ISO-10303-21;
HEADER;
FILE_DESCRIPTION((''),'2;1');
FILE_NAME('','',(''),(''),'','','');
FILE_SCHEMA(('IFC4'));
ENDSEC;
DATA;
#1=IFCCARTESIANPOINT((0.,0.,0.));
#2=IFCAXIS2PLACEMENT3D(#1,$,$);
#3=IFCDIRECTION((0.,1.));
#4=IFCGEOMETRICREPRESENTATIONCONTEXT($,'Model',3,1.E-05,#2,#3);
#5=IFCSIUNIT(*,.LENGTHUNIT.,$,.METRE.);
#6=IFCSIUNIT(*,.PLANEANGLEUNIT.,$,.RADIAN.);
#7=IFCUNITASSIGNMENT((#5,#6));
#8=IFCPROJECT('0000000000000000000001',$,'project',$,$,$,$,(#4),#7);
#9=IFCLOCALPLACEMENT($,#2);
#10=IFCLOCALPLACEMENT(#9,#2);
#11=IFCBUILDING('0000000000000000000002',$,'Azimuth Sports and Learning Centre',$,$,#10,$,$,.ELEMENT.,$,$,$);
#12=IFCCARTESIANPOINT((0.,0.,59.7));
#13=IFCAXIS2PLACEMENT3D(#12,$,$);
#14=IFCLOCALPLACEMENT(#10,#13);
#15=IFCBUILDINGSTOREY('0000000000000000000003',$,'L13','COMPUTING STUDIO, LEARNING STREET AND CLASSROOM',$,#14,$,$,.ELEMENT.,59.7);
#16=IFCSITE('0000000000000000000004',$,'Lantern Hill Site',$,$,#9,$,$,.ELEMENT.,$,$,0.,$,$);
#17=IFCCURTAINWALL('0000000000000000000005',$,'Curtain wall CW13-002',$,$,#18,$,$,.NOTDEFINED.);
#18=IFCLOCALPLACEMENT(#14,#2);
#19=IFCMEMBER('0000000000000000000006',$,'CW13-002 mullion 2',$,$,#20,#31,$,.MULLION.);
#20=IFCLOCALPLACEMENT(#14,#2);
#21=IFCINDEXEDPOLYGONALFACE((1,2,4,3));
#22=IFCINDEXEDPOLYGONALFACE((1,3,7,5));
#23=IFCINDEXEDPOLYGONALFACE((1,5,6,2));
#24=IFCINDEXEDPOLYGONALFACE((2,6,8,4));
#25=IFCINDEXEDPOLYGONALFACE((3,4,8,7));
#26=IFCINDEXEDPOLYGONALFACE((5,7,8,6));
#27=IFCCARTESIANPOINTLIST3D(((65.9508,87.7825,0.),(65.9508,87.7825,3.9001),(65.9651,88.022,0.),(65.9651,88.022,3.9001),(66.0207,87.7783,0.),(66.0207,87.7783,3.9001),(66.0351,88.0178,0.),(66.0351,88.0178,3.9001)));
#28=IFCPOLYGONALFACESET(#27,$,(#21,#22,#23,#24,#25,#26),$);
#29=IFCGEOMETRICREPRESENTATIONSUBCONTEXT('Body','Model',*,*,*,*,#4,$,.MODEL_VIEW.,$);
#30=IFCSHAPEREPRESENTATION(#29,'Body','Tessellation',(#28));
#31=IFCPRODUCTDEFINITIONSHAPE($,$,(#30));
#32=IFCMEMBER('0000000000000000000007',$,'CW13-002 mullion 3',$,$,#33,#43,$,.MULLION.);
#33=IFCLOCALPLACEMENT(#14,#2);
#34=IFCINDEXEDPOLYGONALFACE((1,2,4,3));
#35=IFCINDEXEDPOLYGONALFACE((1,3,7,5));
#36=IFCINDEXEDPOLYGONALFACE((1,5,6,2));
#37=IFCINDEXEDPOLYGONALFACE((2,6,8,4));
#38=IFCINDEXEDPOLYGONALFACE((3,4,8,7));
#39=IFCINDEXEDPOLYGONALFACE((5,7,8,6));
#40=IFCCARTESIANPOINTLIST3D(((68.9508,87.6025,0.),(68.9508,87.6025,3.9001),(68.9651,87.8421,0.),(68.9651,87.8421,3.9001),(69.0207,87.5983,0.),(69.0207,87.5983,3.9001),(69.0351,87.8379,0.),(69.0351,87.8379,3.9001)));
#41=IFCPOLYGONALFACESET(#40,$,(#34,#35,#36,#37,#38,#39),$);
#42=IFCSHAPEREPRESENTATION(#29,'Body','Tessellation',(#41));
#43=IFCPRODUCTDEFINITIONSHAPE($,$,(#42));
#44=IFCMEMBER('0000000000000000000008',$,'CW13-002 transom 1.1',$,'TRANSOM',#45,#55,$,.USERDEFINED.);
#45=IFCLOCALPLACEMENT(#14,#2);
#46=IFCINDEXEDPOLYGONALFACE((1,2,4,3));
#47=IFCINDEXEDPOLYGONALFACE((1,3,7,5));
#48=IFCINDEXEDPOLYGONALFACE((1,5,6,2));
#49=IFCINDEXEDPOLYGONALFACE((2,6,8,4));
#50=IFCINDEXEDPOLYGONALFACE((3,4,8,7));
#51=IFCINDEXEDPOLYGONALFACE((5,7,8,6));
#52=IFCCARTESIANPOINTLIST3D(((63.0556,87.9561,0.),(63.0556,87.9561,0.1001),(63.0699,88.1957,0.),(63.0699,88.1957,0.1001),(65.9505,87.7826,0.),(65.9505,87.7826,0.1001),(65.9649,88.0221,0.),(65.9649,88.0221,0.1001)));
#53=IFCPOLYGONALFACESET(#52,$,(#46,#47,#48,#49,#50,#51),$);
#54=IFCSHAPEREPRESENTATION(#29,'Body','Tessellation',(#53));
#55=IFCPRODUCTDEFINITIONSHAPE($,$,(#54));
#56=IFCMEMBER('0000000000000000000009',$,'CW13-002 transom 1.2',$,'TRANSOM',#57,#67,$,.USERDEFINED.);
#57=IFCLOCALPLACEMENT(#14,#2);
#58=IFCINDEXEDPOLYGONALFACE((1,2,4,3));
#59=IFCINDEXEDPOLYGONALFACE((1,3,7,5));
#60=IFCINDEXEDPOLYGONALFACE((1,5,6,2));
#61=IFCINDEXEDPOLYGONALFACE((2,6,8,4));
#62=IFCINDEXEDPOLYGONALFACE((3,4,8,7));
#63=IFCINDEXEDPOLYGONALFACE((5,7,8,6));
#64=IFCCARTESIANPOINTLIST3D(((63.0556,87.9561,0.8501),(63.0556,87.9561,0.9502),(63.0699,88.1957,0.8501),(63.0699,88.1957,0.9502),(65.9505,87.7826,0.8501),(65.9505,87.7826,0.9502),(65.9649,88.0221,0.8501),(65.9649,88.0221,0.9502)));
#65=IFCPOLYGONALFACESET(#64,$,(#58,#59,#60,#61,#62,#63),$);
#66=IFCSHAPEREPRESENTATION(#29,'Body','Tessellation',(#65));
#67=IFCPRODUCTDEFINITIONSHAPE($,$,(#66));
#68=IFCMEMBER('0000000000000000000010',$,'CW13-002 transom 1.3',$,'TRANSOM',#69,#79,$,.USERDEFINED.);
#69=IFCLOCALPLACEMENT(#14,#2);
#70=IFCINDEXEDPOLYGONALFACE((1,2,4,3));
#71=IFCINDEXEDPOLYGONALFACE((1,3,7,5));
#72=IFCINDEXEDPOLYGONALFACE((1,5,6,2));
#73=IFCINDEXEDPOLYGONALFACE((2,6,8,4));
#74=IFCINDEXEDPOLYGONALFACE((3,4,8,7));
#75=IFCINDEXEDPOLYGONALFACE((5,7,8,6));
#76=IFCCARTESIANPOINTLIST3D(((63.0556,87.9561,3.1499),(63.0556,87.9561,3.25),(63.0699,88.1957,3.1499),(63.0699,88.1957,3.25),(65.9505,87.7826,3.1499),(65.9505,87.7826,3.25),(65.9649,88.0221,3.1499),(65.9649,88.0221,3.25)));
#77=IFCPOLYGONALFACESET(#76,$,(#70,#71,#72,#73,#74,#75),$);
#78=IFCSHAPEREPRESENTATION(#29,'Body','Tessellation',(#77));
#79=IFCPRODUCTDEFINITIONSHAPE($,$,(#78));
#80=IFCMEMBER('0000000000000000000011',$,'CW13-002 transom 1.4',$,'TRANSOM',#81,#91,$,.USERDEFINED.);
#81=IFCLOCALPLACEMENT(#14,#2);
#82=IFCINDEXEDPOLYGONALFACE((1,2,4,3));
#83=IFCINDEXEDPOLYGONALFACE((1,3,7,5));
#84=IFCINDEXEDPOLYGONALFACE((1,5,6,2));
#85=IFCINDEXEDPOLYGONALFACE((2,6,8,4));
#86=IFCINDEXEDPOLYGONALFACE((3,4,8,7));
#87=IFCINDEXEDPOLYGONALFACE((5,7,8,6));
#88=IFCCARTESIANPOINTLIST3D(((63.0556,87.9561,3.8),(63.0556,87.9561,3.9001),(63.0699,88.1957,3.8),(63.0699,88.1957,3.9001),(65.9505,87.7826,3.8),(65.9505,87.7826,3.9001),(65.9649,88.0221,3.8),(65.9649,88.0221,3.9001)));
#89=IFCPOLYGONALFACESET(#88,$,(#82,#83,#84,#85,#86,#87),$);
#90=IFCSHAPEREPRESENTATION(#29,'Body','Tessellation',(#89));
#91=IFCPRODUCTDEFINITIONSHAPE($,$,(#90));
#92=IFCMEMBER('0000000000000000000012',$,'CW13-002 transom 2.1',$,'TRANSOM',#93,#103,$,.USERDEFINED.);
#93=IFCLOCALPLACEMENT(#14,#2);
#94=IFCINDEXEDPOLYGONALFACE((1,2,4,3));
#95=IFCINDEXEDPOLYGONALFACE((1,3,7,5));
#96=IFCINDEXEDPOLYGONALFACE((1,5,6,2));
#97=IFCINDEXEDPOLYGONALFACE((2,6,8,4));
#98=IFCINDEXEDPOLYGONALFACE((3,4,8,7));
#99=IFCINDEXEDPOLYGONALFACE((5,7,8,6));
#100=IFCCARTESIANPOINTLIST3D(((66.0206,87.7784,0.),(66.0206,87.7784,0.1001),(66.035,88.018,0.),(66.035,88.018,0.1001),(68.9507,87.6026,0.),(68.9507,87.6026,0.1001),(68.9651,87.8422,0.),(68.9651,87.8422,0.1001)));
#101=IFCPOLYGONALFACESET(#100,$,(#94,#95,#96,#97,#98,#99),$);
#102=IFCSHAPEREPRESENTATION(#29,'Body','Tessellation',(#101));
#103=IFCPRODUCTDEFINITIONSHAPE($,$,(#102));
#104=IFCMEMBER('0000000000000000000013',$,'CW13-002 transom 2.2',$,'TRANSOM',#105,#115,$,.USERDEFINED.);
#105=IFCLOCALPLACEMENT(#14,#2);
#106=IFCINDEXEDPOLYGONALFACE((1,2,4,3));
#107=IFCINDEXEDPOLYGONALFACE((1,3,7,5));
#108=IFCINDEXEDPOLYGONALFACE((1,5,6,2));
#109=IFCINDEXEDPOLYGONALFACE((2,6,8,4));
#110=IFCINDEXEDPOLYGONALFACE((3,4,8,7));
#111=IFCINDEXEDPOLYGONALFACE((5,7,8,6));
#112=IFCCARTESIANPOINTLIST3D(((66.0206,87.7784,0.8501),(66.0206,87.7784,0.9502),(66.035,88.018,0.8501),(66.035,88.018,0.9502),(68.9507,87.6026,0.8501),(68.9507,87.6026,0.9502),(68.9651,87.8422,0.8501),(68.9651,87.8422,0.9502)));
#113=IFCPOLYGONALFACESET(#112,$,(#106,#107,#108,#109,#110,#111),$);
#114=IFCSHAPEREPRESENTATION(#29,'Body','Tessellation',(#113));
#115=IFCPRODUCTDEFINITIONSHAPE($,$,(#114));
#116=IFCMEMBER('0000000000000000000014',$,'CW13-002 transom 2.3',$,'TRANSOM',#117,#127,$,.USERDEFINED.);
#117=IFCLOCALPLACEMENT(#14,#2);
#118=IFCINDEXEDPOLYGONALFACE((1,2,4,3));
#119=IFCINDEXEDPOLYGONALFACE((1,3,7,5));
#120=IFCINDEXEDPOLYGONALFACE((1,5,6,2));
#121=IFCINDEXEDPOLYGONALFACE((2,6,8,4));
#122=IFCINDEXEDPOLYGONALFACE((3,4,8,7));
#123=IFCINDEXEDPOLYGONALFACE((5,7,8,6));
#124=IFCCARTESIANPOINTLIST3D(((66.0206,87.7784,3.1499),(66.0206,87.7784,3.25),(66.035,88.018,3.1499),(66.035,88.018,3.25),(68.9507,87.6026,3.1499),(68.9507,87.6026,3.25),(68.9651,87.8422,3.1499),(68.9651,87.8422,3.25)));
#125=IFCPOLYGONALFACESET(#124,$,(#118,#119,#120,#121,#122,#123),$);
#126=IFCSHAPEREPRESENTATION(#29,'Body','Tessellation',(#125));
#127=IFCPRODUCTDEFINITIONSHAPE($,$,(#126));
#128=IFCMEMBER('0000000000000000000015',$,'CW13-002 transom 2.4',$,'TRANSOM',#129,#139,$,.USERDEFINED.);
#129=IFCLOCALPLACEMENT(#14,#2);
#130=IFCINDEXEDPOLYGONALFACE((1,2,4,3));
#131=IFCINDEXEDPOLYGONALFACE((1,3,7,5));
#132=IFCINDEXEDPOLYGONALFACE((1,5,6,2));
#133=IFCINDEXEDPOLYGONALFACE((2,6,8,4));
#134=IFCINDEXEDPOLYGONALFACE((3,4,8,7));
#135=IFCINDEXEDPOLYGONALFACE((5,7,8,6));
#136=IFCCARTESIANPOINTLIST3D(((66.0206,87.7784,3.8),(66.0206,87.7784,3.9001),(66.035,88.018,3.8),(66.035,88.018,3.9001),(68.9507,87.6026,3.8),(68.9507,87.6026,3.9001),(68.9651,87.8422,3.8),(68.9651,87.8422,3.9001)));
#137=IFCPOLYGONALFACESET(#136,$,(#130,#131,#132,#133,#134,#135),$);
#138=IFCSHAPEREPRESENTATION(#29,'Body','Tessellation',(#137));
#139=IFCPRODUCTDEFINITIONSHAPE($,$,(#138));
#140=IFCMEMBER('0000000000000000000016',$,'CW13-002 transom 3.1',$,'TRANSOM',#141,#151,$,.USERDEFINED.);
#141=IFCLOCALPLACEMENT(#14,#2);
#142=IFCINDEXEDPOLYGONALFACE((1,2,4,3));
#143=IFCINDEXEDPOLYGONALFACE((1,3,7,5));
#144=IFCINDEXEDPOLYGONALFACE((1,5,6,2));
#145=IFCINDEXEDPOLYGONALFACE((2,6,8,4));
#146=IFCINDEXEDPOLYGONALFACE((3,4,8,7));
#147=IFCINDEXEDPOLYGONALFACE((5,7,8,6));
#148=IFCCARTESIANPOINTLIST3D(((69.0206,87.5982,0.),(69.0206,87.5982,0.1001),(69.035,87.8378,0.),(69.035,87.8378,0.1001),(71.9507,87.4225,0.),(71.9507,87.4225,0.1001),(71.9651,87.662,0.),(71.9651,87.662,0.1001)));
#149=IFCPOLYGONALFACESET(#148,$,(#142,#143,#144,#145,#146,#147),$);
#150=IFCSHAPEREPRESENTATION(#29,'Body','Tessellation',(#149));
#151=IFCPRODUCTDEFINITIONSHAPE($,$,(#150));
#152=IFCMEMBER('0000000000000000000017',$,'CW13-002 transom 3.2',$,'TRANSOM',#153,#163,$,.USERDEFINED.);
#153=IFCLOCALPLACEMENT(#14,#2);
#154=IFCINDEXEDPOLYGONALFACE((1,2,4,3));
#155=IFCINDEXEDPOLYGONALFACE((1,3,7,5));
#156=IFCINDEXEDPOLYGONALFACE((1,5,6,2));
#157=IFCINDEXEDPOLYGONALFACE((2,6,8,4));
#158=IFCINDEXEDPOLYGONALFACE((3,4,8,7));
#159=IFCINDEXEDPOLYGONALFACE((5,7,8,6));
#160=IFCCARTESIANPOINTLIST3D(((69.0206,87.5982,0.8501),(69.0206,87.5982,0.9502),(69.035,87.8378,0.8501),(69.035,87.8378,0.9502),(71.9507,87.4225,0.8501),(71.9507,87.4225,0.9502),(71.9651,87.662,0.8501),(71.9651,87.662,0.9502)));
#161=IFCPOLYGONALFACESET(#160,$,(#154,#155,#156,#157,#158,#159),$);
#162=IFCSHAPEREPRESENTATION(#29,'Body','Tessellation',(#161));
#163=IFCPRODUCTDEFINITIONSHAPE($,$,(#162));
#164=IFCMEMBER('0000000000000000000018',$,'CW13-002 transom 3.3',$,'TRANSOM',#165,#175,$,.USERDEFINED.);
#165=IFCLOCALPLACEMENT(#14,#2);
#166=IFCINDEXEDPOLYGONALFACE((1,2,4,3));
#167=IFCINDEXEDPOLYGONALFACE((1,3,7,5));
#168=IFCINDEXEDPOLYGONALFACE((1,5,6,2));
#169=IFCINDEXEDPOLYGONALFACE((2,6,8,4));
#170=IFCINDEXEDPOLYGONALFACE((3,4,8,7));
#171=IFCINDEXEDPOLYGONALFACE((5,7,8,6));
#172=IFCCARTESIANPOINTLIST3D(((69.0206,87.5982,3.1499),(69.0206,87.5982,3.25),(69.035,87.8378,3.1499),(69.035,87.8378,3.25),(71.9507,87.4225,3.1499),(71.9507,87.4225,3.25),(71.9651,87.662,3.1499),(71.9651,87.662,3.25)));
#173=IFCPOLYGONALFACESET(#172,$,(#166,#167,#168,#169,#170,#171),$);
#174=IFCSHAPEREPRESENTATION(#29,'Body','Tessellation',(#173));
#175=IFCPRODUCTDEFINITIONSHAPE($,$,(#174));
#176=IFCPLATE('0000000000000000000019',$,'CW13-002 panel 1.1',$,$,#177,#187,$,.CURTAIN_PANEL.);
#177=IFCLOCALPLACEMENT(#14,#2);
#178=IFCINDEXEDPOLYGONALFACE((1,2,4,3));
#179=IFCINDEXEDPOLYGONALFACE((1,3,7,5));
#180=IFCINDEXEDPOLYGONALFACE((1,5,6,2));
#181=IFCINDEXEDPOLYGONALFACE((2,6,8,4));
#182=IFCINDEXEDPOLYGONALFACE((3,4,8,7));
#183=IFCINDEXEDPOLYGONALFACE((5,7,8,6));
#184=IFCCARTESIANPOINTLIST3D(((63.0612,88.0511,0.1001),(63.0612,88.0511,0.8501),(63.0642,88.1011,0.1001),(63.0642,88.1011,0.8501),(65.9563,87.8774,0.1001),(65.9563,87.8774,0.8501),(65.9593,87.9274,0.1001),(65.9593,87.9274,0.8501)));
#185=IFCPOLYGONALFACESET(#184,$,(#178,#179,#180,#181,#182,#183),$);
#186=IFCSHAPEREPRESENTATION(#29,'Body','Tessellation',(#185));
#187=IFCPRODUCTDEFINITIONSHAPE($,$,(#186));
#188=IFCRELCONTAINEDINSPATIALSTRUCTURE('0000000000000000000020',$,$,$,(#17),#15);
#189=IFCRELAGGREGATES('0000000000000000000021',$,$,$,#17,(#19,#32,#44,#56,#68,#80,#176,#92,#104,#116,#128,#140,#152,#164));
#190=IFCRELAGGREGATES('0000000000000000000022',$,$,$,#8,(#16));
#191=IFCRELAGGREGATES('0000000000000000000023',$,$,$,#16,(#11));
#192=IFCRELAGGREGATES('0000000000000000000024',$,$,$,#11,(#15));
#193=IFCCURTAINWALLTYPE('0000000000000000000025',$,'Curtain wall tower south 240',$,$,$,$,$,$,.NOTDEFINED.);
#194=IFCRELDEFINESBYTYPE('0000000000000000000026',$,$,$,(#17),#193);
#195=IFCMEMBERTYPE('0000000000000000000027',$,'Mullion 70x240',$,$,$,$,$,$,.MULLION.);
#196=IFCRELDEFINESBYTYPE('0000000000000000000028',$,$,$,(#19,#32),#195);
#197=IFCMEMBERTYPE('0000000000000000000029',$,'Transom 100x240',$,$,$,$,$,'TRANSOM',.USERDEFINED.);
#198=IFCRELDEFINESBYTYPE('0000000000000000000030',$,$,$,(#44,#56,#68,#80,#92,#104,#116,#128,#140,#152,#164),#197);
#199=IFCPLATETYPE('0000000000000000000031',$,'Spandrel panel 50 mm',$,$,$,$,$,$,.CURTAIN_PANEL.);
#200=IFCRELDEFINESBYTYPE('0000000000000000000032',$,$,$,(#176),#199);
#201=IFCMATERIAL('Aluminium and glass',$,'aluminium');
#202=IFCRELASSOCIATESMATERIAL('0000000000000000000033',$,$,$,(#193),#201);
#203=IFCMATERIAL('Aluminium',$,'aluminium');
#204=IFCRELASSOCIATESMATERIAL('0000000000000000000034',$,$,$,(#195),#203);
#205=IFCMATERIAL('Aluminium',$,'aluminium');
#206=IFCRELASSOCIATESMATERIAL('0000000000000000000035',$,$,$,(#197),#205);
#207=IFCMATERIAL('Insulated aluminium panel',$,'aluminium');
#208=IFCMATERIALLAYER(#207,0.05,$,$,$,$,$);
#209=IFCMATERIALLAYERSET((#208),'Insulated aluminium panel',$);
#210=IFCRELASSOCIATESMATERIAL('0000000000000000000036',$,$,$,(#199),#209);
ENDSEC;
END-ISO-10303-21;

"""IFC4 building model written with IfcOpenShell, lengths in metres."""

from ifc_helpers import new_model, si_unit, direction, frame, origin, origin_2d, place, context, subcontext, project, spatial, rectangle, extrude, material, layer, layer_set, material_profile, profile_set, type_object, element, aggregate, save


model = new_model("IFC4")

# Units and contexts
model_context = context("Model", 3, precision=1e-05, world=origin(), true_north=direction((0.0, 1.0)))
body_context = subcontext(model_context, "Body", "Model", "MODEL_VIEW")
ifc_project = project(units=[si_unit("LENGTHUNIT", "METRE"), si_unit("PLANEANGLEUNIT", "RADIAN")], contexts=[model_context])

# Site, building, storey
site_placement = place(None, origin())
site = spatial("IfcSite", under=ifc_project, at=site_placement, Name="Lantern Hill Site", CompositionType="ELEMENT", RefElevation=0.0)
building_placement = place(site_placement, origin())
building = spatial("IfcBuilding", under=site, at=building_placement, Name="Azimuth Sports and Learning Centre", CompositionType="ELEMENT")
storey_placement = place(building_placement, frame((0.0, 0.0, 59.7)))
storey = spatial("IfcBuildingStorey", under=building, at=storey_placement, Name="L13", Description="COMPUTING STUDIO, LEARNING STREET AND CLASSROOM", CompositionType="ELEMENT", Elevation=59.7)

# Curtain wall, members, plate
ifc_material_1 = material(Name="Aluminium and glass", Category="aluminium")
curtain_wall_type = type_object("IfcCurtainWallType", Name="Curtain wall tower south 240", PredefinedType="NOTDEFINED", material=ifc_material_1)
curtain_wall_placement = place(storey_placement, origin())
curtain_wall = element("IfcCurtainWall", 1, at=curtain_wall_placement, inside=storey, type_object=curtain_wall_type, Name="Curtain wall CW13-002", PredefinedType="NOTDEFINED")
ifc_material_2 = material(Name="Aluminium", Category="aluminium")
ifc_material_profile_1 = material_profile(ifc_material_2, rectangle(XDim=0.24, YDim=0.0701, at=origin_2d()), Name="Mullion 70x240")
ifc_profile_set_1 = profile_set([ifc_material_profile_1], Name="Aluminium")
member_type_1 = type_object("IfcMemberType", Name="Mullion 70x240", PredefinedType="MULLION", material=ifc_profile_set_1)
member_1_placement = place(storey_placement, frame((65.9929, 87.9001, 0.0), z_axis=(0.0, 0.0, 1.0), x_axis=(0.059892, 0.998205, 0.0)))
member_1 = element("IfcMember", 2, at=member_1_placement, type_object=member_type_1, Name="CW13-002 mullion 2", PredefinedType="MULLION", context=body_context, shape_type="SweptSolid", body=[
    extrude(rectangle(XDim=0.24, YDim=0.0701, at=origin_2d()), origin(), (0.0, 0.0, 1.0), 3.9001),
])
member_2_placement = place(storey_placement, frame((68.9929, 87.7202, 0.0), z_axis=(0.0, 0.0, 1.0), x_axis=(0.059892, 0.998205, 0.0)))
member_2 = element("IfcMember", 3, at=member_2_placement, type_object=member_type_1, Name="CW13-002 mullion 3", PredefinedType="MULLION", context=body_context, shape_type="SweptSolid", body=[
    extrude(rectangle(XDim=0.24, YDim=0.0701, at=origin_2d()), origin(), (0.0, 0.0, 1.0), 3.9001),
])
ifc_material_3 = material(Name="Aluminium", Category="aluminium")
ifc_material_profile_2 = material_profile(ifc_material_3, rectangle(XDim=0.24, YDim=0.1001, at=origin_2d()), Name="Transom 100x240")
ifc_profile_set_2 = profile_set([ifc_material_profile_2], Name="Aluminium")
member_type_2 = type_object("IfcMemberType", Name="Transom 100x240", ElementType="TRANSOM", PredefinedType="USERDEFINED", material=ifc_profile_set_2)
member_3_placement = place(storey_placement, frame((63.0627, 88.0759, 0.05), z_axis=(0.998207, -0.059852, 0.0), x_axis=(0.059852, 0.998207, 0.0)))
member_3 = element("IfcMember", 4, at=member_3_placement, type_object=member_type_2, Name="CW13-002 transom 1.1", ObjectType="TRANSOM", PredefinedType="USERDEFINED", context=body_context, shape_type="SweptSolid", body=[
    extrude(rectangle(XDim=0.24, YDim=0.1001, at=origin_2d()), origin(), (0.0, 0.0, 1.0), 2.9001),
])
member_4_placement = place(storey_placement, frame((63.0627, 88.0759, 0.9001), z_axis=(0.998207, -0.059852, 0.0), x_axis=(0.059852, 0.998207, 0.0)))
member_4 = element("IfcMember", 5, at=member_4_placement, type_object=member_type_2, Name="CW13-002 transom 1.2", ObjectType="TRANSOM", PredefinedType="USERDEFINED", context=body_context, shape_type="SweptSolid", body=[
    extrude(rectangle(XDim=0.24, YDim=0.1001, at=origin_2d()), origin(), (0.0, 0.0, 1.0), 2.9001),
])
member_5_placement = place(storey_placement, frame((63.0627, 88.0759, 3.2), z_axis=(0.998207, -0.059852, 0.0), x_axis=(0.059852, 0.998207, 0.0)))
member_5 = element("IfcMember", 6, at=member_5_placement, type_object=member_type_2, Name="CW13-002 transom 1.3", ObjectType="TRANSOM", PredefinedType="USERDEFINED", context=body_context, shape_type="SweptSolid", body=[
    extrude(rectangle(XDim=0.24, YDim=0.1001, at=origin_2d()), origin(), (0.0, 0.0, 1.0), 2.9001),
])
member_6_placement = place(storey_placement, frame((63.0627, 88.0759, 3.8501), z_axis=(0.998207, -0.059852, 0.0), x_axis=(0.059852, 0.998207, 0.0)))
member_6 = element("IfcMember", 7, at=member_6_placement, type_object=member_type_2, Name="CW13-002 transom 1.4", ObjectType="TRANSOM", PredefinedType="USERDEFINED", context=body_context, shape_type="SweptSolid", body=[
    extrude(rectangle(XDim=0.24, YDim=0.1001, at=origin_2d()), origin(), (0.0, 0.0, 1.0), 2.9001),
])
member_7_placement = place(storey_placement, frame((66.0278, 87.8982, 0.05), z_axis=(0.998205, -0.059887, 0.0), x_axis=(0.059887, 0.998205, 0.0)))
member_7 = element("IfcMember", 8, at=member_7_placement, type_object=member_type_2, Name="CW13-002 transom 2.1", ObjectType="TRANSOM", PredefinedType="USERDEFINED", context=body_context, shape_type="SweptSolid", body=[
    extrude(rectangle(XDim=0.24, YDim=0.1001, at=origin_2d()), origin(), (0.0, 0.0, 1.0), 2.9353),
])
member_8_placement = place(storey_placement, frame((66.0278, 87.8982, 0.9001), z_axis=(0.998205, -0.059887, 0.0), x_axis=(0.059887, 0.998205, 0.0)))
member_8 = element("IfcMember", 9, at=member_8_placement, type_object=member_type_2, Name="CW13-002 transom 2.2", ObjectType="TRANSOM", PredefinedType="USERDEFINED", context=body_context, shape_type="SweptSolid", body=[
    extrude(rectangle(XDim=0.24, YDim=0.1001, at=origin_2d()), origin(), (0.0, 0.0, 1.0), 2.9353),
])
member_9_placement = place(storey_placement, frame((66.0278, 87.8982, 3.2), z_axis=(0.998205, -0.059887, 0.0), x_axis=(0.059887, 0.998205, 0.0)))
member_9 = element("IfcMember", 10, at=member_9_placement, type_object=member_type_2, Name="CW13-002 transom 2.3", ObjectType="TRANSOM", PredefinedType="USERDEFINED", context=body_context, shape_type="SweptSolid", body=[
    extrude(rectangle(XDim=0.24, YDim=0.1001, at=origin_2d()), origin(), (0.0, 0.0, 1.0), 2.9353),
])
member_10_placement = place(storey_placement, frame((66.0278, 87.8982, 3.8501), z_axis=(0.998205, -0.059887, 0.0), x_axis=(0.059887, 0.998205, 0.0)))
member_10 = element("IfcMember", 11, at=member_10_placement, type_object=member_type_2, Name="CW13-002 transom 2.4", ObjectType="TRANSOM", PredefinedType="USERDEFINED", context=body_context, shape_type="SweptSolid", body=[
    extrude(rectangle(XDim=0.24, YDim=0.1001, at=origin_2d()), origin(), (0.0, 0.0, 1.0), 2.9353),
])
member_11_placement = place(storey_placement, frame((69.0278, 87.718, 0.05), z_axis=(0.998205, -0.059887, 0.0), x_axis=(0.059887, 0.998205, 0.0)))
member_11 = element("IfcMember", 12, at=member_11_placement, type_object=member_type_2, Name="CW13-002 transom 3.1", ObjectType="TRANSOM", PredefinedType="USERDEFINED", context=body_context, shape_type="SweptSolid", body=[
    extrude(rectangle(XDim=0.24, YDim=0.1001, at=origin_2d()), origin(), (0.0, 0.0, 1.0), 2.9353),
])
member_12_placement = place(storey_placement, frame((69.0278, 87.718, 0.9001), z_axis=(0.998205, -0.059887, 0.0), x_axis=(0.059887, 0.998205, 0.0)))
member_12 = element("IfcMember", 13, at=member_12_placement, type_object=member_type_2, Name="CW13-002 transom 3.2", ObjectType="TRANSOM", PredefinedType="USERDEFINED", context=body_context, shape_type="SweptSolid", body=[
    extrude(rectangle(XDim=0.24, YDim=0.1001, at=origin_2d()), origin(), (0.0, 0.0, 1.0), 2.9353),
])
member_13_placement = place(storey_placement, frame((69.0278, 87.718, 3.2), z_axis=(0.998205, -0.059887, 0.0), x_axis=(0.059887, 0.998205, 0.0)))
member_13 = element("IfcMember", 14, at=member_13_placement, type_object=member_type_2, Name="CW13-002 transom 3.3", ObjectType="TRANSOM", PredefinedType="USERDEFINED", context=body_context, shape_type="SweptSolid", body=[
    extrude(rectangle(XDim=0.24, YDim=0.1001, at=origin_2d()), origin(), (0.0, 0.0, 1.0), 2.9353),
])
ifc_material_4 = material(Name="Insulated aluminium panel", Category="aluminium")
ifc_layer_1 = layer(ifc_material_4, 0.05)
ifc_layer_set_1 = layer_set([ifc_layer_1], Name="Insulated aluminium panel")
plate_type_1 = type_object("IfcPlateType", Name="Spandrel panel 50 mm", PredefinedType="CURTAIN_PANEL", material=ifc_layer_set_1)
plate_1_placement = place(storey_placement, frame((64.5103, 87.9893, 0.1001), z_axis=(0.0, 0.0, 1.0), x_axis=(0.998205, -0.059892, 0.0)))
plate_1 = element("IfcPlate", 15, at=plate_1_placement, type_object=plate_type_1, Name="CW13-002 panel 1.1", PredefinedType="CURTAIN_PANEL", context=body_context, shape_type="SweptSolid", body=[
    extrude(rectangle(XDim=2.9004, YDim=0.05, at=origin_2d()), origin(), (0.0, 0.0, 1.0), 0.75),
])
aggregate(curtain_wall, [member_1, member_2, member_3, member_4, member_5, member_6, plate_1, member_7, member_8, member_9, member_10, member_11, member_12, member_13])

save(model, "model.ifc")
